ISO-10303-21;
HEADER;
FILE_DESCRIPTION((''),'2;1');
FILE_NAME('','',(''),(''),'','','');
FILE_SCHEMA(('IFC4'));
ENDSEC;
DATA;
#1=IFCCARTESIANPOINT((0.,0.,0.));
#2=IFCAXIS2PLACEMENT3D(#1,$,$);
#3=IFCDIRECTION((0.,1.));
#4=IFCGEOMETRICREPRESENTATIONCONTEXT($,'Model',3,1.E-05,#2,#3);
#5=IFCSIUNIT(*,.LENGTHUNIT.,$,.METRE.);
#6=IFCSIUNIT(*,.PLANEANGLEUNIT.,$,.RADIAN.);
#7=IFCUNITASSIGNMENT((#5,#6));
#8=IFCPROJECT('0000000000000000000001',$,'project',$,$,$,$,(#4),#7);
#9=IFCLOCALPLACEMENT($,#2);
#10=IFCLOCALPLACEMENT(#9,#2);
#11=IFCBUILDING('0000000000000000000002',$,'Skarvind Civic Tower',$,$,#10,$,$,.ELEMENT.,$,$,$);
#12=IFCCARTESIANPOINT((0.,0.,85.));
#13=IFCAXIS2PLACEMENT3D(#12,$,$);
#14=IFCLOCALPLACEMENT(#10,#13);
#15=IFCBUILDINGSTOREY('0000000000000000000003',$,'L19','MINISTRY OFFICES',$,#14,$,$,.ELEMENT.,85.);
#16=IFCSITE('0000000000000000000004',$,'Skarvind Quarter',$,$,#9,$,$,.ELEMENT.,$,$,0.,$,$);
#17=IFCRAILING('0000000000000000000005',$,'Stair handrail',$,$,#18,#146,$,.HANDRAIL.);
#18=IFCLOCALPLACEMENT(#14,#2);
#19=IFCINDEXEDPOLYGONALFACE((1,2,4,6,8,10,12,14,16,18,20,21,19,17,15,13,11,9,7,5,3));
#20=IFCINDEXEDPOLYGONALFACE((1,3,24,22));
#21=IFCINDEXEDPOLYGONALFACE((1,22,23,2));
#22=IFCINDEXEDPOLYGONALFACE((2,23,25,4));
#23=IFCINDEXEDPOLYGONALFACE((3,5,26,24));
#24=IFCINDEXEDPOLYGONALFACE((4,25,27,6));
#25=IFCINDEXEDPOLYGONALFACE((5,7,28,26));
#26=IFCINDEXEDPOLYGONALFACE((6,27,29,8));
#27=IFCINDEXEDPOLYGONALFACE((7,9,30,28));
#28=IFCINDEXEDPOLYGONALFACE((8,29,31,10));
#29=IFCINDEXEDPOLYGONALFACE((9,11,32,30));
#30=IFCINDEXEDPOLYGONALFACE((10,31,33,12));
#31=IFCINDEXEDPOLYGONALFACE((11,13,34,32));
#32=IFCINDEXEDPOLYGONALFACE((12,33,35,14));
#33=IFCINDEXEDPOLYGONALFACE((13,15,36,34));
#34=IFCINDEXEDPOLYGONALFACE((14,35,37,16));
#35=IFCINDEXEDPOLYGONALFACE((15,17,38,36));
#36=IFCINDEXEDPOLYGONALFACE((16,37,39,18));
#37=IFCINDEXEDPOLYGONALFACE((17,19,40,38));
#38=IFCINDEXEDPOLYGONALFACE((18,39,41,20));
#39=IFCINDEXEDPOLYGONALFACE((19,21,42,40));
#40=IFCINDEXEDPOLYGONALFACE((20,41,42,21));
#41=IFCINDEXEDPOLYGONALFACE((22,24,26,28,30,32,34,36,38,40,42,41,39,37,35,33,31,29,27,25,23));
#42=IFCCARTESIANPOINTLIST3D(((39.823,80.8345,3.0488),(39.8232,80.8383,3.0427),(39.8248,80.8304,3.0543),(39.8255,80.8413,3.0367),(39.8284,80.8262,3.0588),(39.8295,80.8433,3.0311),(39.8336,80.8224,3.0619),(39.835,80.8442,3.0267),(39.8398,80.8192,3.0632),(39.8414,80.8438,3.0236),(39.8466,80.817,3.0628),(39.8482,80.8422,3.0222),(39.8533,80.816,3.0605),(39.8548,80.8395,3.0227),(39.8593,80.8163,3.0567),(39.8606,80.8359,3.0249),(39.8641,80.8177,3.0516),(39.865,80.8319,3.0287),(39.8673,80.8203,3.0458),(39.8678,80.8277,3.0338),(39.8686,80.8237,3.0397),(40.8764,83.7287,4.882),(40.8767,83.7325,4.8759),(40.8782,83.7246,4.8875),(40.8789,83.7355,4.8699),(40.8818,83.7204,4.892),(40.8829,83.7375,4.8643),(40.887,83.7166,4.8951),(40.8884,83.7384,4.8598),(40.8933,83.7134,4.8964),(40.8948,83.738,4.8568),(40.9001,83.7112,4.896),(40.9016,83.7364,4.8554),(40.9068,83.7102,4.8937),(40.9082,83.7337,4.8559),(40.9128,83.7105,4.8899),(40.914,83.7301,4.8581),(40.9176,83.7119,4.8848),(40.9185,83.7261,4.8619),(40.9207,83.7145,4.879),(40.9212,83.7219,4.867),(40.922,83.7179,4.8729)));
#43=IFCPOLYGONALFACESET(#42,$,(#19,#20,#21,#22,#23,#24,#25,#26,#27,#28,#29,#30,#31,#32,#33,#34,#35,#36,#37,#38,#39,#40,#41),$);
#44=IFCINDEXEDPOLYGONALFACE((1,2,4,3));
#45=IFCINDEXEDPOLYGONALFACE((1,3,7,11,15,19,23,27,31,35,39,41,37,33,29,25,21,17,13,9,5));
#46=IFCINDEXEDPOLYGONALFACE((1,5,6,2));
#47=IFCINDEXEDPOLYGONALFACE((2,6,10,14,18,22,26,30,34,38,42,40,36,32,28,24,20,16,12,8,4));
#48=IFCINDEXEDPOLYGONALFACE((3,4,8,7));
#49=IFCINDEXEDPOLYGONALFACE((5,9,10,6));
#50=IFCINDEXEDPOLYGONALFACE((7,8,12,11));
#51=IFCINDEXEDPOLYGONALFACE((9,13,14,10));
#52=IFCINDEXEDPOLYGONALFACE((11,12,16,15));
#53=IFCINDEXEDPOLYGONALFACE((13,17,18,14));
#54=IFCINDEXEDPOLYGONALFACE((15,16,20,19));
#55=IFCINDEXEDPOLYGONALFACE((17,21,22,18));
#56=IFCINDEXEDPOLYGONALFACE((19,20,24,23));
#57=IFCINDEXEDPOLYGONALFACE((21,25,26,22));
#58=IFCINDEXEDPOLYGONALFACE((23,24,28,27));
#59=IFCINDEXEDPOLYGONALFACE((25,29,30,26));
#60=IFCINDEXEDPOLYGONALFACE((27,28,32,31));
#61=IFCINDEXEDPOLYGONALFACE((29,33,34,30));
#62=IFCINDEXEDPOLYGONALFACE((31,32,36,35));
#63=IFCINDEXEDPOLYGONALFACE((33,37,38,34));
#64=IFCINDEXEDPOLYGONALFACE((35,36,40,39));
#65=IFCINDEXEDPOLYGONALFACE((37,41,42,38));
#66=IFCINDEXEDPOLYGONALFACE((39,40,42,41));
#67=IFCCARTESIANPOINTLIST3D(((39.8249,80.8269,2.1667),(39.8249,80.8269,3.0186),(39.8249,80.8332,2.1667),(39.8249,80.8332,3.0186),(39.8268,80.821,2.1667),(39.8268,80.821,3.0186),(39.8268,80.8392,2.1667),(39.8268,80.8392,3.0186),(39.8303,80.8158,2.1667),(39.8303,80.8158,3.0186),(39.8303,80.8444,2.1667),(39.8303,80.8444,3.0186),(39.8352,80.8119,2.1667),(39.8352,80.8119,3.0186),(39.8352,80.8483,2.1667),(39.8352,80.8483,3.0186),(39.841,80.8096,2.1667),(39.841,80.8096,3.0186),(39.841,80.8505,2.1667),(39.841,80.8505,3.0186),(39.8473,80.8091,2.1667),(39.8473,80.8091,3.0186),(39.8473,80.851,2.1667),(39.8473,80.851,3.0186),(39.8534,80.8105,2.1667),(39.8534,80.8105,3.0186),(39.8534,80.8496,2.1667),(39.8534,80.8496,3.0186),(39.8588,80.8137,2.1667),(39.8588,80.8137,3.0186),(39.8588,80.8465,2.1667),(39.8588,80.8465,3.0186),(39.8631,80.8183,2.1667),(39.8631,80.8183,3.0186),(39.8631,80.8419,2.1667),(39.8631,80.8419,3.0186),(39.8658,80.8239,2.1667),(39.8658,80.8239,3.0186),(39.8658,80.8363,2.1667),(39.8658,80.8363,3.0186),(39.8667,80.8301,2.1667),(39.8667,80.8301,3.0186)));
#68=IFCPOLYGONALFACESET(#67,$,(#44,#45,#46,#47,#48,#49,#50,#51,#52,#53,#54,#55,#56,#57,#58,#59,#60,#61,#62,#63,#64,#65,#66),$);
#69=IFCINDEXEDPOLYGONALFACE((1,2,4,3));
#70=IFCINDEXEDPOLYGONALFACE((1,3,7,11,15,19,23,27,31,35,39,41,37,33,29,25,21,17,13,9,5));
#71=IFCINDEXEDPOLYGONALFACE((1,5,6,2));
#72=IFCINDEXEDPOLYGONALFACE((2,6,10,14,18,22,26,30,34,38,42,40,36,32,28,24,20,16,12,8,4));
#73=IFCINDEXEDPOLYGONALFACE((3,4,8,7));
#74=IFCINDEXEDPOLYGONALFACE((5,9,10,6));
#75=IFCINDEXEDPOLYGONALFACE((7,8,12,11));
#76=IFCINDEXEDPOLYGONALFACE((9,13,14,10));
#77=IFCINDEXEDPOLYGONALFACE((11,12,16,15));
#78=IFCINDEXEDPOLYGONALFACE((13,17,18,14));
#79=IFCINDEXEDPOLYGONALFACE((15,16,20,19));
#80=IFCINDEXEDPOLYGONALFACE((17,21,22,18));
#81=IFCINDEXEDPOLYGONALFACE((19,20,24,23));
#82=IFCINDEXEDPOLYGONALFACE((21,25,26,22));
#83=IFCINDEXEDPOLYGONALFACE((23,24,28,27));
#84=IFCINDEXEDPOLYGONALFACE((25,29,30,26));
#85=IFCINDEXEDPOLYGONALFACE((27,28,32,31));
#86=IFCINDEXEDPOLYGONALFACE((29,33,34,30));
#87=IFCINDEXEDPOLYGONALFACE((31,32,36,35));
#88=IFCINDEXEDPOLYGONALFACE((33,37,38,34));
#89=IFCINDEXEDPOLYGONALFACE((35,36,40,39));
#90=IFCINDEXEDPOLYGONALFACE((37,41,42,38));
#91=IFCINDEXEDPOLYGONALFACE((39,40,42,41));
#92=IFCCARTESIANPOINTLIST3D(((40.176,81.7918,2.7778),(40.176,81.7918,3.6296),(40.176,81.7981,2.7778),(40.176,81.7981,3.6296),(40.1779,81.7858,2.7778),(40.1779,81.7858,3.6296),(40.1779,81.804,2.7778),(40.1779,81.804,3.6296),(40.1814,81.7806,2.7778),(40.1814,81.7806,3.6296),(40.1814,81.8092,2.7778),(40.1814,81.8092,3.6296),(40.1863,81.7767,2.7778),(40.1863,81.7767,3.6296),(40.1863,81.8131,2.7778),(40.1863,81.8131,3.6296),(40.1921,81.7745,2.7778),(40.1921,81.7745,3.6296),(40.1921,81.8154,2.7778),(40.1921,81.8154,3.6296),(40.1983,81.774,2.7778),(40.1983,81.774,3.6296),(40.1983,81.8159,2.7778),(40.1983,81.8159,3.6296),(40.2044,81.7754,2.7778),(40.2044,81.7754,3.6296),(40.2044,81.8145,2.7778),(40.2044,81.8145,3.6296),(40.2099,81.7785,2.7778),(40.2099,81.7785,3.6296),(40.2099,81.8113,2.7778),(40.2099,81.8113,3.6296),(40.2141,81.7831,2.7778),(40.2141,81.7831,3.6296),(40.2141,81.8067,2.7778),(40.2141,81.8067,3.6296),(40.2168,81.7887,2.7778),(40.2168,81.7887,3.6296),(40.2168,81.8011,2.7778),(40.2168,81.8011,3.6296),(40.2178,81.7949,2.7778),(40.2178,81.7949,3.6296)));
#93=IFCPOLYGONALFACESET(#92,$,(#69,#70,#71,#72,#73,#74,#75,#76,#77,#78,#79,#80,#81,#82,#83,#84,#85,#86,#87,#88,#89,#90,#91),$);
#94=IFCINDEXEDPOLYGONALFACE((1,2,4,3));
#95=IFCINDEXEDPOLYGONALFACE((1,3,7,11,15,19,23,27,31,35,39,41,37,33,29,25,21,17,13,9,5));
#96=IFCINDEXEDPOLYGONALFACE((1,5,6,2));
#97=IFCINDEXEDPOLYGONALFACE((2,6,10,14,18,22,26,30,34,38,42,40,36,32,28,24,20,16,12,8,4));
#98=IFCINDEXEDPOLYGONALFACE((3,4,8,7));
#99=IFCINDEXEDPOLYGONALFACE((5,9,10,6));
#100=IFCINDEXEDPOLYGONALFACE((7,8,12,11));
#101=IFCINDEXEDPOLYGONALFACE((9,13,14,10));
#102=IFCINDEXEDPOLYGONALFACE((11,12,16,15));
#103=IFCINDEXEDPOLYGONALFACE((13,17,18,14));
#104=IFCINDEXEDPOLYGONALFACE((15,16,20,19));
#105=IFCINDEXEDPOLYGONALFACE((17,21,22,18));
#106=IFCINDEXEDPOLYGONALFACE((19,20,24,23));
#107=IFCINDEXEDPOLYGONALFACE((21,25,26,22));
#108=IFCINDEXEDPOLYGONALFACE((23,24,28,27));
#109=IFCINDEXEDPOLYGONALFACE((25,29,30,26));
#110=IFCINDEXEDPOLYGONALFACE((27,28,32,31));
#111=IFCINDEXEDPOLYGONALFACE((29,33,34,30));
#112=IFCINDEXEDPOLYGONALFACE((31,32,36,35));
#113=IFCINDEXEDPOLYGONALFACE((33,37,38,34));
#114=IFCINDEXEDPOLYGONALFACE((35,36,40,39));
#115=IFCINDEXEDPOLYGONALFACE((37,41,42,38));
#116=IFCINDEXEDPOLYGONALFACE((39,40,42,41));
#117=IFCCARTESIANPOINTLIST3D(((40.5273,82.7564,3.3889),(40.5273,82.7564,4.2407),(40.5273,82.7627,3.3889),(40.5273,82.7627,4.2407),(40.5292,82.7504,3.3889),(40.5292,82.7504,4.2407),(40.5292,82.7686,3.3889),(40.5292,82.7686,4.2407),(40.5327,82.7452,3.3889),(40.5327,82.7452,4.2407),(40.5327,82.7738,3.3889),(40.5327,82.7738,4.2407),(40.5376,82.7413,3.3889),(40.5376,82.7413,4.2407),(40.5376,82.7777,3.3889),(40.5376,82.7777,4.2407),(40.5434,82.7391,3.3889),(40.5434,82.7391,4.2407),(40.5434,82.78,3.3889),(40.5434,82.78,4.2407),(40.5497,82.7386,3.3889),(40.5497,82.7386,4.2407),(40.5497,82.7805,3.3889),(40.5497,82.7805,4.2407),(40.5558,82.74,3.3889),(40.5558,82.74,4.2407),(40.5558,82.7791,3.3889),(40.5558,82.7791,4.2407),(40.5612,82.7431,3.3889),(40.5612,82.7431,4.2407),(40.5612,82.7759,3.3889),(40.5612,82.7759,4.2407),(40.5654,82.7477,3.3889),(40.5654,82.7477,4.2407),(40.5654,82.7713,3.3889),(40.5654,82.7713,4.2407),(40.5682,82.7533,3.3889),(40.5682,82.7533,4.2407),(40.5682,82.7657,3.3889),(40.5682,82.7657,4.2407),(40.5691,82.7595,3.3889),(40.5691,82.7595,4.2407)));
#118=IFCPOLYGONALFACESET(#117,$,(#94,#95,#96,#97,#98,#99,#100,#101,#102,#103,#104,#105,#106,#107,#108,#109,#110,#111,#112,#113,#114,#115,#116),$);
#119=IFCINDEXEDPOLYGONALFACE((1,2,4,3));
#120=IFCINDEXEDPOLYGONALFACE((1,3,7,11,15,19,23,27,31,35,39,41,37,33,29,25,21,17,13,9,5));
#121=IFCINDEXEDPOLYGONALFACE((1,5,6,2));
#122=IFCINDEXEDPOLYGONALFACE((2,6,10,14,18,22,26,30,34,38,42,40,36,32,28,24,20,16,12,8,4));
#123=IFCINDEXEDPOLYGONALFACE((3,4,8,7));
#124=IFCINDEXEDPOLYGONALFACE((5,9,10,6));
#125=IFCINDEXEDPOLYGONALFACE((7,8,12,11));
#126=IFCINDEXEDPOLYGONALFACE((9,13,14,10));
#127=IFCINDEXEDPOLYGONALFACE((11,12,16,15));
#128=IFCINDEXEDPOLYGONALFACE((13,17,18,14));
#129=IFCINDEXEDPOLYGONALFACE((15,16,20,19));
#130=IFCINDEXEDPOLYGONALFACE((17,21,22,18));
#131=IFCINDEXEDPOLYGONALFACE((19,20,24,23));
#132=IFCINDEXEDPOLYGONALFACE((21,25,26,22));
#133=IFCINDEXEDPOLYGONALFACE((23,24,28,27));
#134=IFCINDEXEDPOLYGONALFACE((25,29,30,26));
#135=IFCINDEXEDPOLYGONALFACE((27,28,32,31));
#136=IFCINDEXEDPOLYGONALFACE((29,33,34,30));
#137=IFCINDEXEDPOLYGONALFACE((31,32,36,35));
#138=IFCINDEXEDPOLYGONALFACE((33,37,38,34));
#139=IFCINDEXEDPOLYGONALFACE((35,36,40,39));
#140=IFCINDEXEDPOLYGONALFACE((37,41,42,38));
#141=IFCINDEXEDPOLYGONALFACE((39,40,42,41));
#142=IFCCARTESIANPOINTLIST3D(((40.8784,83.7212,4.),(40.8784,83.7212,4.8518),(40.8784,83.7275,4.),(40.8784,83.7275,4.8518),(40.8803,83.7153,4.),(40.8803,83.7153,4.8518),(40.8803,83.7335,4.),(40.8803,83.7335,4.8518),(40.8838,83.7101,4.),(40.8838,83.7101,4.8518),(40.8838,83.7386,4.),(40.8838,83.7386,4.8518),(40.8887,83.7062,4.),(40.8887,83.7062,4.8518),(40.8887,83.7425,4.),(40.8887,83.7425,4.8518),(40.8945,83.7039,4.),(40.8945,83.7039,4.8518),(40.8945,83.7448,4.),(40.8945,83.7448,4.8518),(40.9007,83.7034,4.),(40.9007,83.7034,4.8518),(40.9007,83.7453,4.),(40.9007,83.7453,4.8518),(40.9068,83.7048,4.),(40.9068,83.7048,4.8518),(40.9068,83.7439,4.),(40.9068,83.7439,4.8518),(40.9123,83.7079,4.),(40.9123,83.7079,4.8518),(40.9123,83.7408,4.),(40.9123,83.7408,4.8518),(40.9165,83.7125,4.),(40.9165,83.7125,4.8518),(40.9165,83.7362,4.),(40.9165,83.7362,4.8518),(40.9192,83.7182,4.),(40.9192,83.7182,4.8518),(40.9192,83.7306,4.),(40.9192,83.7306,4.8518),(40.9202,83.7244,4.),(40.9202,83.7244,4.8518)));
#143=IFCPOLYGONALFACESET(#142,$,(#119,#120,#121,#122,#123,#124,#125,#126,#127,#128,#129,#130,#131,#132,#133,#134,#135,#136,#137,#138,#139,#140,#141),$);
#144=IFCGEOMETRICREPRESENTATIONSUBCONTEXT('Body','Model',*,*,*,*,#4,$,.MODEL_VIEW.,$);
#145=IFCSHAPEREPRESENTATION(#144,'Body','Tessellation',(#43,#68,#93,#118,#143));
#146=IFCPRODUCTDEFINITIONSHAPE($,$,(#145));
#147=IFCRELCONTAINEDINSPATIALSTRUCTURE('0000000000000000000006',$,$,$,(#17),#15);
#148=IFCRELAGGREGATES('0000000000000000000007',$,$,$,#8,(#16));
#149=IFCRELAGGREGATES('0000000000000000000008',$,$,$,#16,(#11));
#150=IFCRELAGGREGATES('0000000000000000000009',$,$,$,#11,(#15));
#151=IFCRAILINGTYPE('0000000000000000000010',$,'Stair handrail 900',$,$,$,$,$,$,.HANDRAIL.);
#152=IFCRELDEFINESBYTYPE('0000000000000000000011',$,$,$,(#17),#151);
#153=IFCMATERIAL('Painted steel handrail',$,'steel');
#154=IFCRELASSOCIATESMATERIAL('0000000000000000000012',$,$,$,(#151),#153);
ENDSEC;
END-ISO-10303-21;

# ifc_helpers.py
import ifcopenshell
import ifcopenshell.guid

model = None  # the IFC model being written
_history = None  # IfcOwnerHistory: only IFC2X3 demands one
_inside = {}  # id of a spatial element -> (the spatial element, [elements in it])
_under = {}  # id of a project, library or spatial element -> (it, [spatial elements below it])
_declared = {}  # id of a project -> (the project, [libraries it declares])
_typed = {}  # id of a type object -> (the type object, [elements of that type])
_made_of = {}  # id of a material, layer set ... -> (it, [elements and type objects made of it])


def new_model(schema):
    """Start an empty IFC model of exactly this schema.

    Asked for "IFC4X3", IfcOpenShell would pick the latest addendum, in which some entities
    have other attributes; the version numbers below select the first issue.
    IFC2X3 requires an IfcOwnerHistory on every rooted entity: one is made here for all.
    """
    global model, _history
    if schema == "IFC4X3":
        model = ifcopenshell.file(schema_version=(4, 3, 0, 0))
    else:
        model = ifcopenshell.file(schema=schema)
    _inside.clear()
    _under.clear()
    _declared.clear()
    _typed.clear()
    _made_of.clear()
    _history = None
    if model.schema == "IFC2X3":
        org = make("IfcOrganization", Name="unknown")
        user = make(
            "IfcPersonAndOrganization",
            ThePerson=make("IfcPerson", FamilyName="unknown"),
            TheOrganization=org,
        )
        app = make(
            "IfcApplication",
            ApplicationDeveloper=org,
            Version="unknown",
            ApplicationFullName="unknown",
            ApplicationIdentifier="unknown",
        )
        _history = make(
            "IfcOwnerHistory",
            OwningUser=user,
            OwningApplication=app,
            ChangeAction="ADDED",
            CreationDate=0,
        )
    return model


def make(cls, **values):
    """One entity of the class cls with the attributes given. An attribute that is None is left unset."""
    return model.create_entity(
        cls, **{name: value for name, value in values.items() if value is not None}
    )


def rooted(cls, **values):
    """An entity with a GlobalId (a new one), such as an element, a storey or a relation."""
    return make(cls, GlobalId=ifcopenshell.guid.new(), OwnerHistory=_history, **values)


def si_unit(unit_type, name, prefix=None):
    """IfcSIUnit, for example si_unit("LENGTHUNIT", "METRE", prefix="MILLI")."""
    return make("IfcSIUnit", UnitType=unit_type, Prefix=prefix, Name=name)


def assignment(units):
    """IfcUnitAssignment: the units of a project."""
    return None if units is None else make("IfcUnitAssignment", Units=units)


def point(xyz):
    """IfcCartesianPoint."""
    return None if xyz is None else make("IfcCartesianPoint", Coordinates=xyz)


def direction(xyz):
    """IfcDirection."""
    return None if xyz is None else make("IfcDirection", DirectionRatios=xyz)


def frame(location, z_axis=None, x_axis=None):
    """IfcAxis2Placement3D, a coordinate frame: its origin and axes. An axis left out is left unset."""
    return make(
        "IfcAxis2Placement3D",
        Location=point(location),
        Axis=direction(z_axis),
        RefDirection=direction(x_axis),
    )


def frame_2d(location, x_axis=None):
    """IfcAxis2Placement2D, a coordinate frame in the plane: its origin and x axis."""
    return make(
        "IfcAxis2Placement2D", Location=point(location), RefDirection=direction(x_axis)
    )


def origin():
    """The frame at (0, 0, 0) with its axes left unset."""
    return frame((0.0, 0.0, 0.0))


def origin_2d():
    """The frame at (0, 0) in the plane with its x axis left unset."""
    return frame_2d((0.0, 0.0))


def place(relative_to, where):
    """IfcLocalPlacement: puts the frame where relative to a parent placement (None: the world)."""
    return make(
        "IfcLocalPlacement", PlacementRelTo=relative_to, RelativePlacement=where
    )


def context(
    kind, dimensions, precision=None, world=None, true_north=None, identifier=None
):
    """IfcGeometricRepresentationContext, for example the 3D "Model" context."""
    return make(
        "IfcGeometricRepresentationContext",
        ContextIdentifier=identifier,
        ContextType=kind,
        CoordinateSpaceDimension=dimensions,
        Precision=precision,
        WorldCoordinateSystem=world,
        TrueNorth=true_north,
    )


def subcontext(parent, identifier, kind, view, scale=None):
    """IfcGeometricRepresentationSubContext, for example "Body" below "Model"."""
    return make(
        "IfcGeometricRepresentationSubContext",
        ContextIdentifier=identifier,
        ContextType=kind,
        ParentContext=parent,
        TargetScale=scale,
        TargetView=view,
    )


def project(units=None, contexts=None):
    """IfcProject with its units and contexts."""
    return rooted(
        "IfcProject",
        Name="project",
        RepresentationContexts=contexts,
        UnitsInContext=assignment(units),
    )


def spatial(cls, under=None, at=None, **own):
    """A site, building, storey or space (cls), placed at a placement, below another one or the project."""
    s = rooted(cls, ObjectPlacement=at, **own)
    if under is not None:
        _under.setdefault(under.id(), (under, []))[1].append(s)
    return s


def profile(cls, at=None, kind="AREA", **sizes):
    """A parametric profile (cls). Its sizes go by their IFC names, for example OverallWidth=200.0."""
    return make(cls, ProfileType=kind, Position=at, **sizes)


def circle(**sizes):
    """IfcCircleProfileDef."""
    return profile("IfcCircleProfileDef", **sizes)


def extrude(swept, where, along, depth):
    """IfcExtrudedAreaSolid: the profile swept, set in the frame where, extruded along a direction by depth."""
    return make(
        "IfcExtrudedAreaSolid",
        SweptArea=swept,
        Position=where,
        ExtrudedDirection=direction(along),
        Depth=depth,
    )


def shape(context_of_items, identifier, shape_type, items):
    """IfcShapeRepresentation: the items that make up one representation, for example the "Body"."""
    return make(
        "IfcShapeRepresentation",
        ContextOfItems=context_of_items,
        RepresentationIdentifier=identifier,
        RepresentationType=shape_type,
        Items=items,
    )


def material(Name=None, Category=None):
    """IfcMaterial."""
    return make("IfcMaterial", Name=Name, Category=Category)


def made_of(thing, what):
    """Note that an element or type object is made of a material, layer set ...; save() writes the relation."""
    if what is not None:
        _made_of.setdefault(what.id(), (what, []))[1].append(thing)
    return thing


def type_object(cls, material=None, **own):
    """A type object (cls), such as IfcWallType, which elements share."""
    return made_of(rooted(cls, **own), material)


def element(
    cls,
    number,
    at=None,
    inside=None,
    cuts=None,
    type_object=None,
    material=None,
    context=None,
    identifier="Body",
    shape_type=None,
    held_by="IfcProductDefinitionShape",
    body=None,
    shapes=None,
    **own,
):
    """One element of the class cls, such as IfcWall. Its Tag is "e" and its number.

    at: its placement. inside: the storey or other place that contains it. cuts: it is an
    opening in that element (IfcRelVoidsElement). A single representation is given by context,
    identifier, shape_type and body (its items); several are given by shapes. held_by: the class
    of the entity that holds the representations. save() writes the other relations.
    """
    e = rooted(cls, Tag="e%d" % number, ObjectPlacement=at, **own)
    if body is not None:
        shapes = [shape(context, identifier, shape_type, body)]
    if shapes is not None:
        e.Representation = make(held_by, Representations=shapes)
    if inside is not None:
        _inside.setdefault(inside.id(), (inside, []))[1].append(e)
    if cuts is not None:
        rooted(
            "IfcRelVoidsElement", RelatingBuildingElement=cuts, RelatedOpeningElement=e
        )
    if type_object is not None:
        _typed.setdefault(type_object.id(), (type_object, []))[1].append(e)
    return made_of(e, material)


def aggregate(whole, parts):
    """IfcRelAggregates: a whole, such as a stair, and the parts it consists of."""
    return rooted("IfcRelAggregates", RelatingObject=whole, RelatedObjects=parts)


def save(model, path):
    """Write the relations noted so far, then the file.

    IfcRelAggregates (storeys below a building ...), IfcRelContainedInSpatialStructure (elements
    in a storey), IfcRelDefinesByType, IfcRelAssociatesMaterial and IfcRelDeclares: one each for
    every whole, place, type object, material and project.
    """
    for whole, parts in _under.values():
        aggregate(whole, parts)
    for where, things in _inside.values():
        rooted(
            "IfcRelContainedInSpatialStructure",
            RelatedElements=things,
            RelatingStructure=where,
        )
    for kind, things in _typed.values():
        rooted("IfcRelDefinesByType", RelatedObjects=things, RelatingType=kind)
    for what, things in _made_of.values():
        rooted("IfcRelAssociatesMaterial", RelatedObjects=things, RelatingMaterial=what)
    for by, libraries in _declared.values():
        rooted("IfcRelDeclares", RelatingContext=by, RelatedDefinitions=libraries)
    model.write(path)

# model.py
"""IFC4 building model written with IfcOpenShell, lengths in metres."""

from ifc_helpers import new_model, si_unit, direction, frame, origin, origin_2d, place, context, subcontext, project, spatial, circle, extrude, material, type_object, element, save


model = new_model("IFC4")

# Units and contexts
model_context = context("Model", 3, precision=1e-05, world=origin(), true_north=direction((0.0, 1.0)))
body_context = subcontext(model_context, "Body", "Model", "MODEL_VIEW")
ifc_project = project(units=[si_unit("LENGTHUNIT", "METRE"), si_unit("PLANEANGLEUNIT", "RADIAN")], contexts=[model_context])

# Site, building, storey
site_placement = place(None, origin())
site = spatial("IfcSite", under=ifc_project, at=site_placement, Name="Skarvind Quarter", CompositionType="ELEMENT", RefElevation=0.0)
building_placement = place(site_placement, origin())
building = spatial("IfcBuilding", under=site, at=building_placement, Name="Skarvind Civic Tower", CompositionType="ELEMENT")
storey_placement = place(building_placement, frame((0.0, 0.0, 85.0)))
storey = spatial("IfcBuildingStorey", under=building, at=storey_placement, Name="L19", Description="MINISTRY OFFICES", CompositionType="ELEMENT", Elevation=85.0)

# Railing
ifc_material_1 = material(Name="Painted steel handrail", Category="steel")
railing_type = type_object("IfcRailingType", Name="Stair handrail 900", PredefinedType="HANDRAIL", material=ifc_material_1)
railing_1_placement = place(storey_placement, frame((39.8457, 80.8301, 2.1667)))
element("IfcRailing", 1, at=railing_1_placement, inside=storey, type_object=railing_type, Name="Stair handrail", PredefinedType="HANDRAIL", context=body_context, shape_type="SweptSolid", body=[
    extrude(circle(Radius=0.0239, at=origin_2d()), frame((0.0, 0.0, 0.876), z_axis=(0.293908, 0.807481, 0.511461), x_axis=(-0.939689, 0.342029, 0.0)), (0.0, 0.0, 1.0), 3.5842),
    extrude(circle(Radius=0.021, at=origin_2d()), origin(), (0.0, 0.0, 1.0), 0.8518),
    extrude(circle(Radius=0.021, at=origin_2d()), frame((0.3511, 0.9648, 0.6111)), (0.0, 0.0, 1.0), 0.8518),
    extrude(circle(Radius=0.021, at=origin_2d()), frame((0.7024, 1.9294, 1.2222)), (0.0, 0.0, 1.0), 0.8518),
    extrude(circle(Radius=0.021, at=origin_2d()), frame((1.0535, 2.8943, 1.8333)), (0.0, 0.0, 1.0), 0.8518),
])

save(model, "model.ifc")
